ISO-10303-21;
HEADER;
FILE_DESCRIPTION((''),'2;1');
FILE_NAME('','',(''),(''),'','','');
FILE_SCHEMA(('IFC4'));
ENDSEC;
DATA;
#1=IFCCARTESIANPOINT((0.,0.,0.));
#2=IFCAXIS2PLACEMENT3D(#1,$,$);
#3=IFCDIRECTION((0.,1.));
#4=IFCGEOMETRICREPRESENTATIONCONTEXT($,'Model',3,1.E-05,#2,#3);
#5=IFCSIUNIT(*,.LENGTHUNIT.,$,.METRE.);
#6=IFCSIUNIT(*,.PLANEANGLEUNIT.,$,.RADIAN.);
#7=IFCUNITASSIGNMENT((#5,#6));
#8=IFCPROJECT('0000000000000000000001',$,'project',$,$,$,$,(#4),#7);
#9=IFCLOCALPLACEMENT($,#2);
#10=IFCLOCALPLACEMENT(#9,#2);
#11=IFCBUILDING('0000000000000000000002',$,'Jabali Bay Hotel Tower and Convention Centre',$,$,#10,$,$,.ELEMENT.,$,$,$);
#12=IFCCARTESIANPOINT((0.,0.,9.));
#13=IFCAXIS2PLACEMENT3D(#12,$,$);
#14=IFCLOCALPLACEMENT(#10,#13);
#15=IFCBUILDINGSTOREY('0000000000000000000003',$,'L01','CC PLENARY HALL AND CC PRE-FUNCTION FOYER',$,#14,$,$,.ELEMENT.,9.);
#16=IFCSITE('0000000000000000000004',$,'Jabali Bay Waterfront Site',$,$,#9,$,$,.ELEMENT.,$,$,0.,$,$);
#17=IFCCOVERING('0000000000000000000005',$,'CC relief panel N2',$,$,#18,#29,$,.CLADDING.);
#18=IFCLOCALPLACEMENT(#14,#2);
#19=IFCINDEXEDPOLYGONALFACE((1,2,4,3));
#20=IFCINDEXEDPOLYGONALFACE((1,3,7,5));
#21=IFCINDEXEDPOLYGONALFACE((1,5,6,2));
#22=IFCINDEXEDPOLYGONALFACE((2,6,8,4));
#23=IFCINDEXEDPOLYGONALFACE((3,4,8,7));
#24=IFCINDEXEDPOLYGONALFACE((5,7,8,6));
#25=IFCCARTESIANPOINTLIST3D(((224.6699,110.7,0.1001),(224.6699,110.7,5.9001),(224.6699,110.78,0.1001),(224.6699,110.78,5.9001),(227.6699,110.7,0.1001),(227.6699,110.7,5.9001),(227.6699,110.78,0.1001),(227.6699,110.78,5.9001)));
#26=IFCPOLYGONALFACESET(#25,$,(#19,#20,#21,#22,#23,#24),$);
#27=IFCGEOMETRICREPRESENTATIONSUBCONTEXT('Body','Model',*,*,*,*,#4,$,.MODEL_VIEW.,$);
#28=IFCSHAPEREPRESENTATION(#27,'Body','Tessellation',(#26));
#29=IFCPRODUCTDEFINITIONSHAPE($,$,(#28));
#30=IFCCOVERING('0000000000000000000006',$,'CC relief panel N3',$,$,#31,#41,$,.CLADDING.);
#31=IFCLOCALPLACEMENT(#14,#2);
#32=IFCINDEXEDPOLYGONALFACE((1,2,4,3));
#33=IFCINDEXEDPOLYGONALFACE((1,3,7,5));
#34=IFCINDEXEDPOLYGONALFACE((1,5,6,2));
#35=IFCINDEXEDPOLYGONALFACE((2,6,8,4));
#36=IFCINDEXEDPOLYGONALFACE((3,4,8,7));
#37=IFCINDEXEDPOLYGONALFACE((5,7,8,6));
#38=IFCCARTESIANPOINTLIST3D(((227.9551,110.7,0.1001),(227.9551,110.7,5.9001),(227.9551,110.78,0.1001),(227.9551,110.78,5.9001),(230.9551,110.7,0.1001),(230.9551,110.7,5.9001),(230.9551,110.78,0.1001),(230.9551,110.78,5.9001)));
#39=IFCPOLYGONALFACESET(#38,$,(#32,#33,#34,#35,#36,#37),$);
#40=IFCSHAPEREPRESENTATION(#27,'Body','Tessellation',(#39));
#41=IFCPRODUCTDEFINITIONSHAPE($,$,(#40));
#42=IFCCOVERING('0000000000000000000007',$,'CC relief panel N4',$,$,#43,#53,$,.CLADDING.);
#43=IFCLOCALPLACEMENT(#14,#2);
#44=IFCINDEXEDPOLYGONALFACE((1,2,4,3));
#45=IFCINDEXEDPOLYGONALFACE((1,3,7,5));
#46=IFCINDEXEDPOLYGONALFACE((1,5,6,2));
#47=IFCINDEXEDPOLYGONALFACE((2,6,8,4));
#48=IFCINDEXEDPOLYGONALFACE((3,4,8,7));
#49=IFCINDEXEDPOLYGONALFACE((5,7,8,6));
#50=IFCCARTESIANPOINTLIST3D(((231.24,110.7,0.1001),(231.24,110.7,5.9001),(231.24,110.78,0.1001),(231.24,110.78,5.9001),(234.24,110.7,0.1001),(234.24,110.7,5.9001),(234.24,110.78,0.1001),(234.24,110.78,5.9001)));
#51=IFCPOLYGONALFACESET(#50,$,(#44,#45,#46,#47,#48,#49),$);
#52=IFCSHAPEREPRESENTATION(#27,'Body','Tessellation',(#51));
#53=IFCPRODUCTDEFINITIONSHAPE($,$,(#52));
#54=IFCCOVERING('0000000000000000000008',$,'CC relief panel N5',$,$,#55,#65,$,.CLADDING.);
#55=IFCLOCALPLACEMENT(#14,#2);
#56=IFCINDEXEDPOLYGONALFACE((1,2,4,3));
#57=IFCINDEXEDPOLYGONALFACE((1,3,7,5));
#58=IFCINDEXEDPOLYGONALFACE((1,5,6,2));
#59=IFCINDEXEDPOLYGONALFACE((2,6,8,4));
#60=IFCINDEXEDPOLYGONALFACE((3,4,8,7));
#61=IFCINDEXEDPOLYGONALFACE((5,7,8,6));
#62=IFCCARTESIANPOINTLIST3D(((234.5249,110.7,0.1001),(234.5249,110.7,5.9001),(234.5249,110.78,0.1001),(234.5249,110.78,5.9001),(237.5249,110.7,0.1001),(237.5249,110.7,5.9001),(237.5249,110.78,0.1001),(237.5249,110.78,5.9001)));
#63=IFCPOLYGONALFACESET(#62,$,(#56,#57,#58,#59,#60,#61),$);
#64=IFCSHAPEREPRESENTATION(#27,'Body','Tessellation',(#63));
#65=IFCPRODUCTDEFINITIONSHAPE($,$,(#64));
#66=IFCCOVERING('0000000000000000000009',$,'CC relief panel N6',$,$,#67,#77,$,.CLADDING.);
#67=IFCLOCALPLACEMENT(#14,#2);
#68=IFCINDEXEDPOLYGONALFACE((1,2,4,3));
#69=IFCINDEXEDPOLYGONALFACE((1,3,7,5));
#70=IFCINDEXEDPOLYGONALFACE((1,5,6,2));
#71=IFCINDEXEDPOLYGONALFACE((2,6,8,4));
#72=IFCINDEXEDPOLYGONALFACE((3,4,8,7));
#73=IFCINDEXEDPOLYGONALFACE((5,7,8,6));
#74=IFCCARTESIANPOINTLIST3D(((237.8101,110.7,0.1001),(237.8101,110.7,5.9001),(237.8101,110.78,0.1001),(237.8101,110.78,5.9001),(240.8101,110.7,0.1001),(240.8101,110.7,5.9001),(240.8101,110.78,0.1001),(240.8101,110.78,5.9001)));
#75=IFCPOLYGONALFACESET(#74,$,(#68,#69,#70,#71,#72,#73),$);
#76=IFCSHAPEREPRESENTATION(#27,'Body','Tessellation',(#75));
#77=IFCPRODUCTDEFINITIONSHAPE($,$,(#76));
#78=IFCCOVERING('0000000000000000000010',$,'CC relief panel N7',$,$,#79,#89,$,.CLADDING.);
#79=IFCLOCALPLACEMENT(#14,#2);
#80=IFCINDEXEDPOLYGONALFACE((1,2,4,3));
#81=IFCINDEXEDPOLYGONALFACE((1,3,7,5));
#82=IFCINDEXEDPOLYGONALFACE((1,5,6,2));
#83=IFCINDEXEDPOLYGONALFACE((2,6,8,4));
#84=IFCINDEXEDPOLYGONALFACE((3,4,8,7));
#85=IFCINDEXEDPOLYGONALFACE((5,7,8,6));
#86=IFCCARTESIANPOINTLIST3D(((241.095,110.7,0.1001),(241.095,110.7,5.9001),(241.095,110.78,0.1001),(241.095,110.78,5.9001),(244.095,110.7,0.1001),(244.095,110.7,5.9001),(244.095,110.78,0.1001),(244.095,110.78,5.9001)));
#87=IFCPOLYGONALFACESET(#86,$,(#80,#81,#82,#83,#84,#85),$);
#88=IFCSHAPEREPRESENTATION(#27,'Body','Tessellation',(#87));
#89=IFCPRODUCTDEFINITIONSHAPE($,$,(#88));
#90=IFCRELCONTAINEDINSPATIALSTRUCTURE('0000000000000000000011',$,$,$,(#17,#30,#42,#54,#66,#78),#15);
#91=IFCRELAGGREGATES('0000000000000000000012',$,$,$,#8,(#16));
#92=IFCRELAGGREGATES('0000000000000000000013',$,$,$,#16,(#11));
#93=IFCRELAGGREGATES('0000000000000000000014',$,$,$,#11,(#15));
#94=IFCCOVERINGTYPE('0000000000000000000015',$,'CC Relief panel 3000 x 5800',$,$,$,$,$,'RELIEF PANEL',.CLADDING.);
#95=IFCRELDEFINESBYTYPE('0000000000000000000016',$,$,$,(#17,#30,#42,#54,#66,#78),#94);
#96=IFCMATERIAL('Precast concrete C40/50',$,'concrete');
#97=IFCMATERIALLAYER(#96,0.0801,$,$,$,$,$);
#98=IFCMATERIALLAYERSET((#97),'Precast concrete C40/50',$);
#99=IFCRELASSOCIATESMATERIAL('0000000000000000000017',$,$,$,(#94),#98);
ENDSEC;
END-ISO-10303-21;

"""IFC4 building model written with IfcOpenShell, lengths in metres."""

from ifc_helpers import new_model, si_unit, direction, frame, origin, origin_2d, place, context, subcontext, project, spatial, rectangle, extrude, material, layer, layer_set, type_object, element, save


model = new_model("IFC4")

# Units and contexts
model_context = context("Model", 3, precision=1e-05, world=origin(), true_north=direction((0.0, 1.0)))
body_context = subcontext(model_context, "Body", "Model", "MODEL_VIEW")
ifc_project = project(units=[si_unit("LENGTHUNIT", "METRE"), si_unit("PLANEANGLEUNIT", "RADIAN")], contexts=[model_context])

# Site, building, storey
site_placement = place(None, origin())
site = spatial("IfcSite", under=ifc_project, at=site_placement, Name="Jabali Bay Waterfront Site", CompositionType="ELEMENT", RefElevation=0.0)
building_placement = place(site_placement, origin())
building = spatial("IfcBuilding", under=site, at=building_placement, Name="Jabali Bay Hotel Tower and Convention Centre", CompositionType="ELEMENT")
storey_placement = place(building_placement, frame((0.0, 0.0, 9.0)))
storey = spatial("IfcBuildingStorey", under=building, at=storey_placement, Name="L01", Description="CC PLENARY HALL AND CC PRE-FUNCTION FOYER", CompositionType="ELEMENT", Elevation=9.0)

# Coverings
ifc_material_1 = material(Name="Precast concrete C40/50", Category="concrete")
ifc_layer_1 = layer(ifc_material_1, 0.0801)
ifc_layer_set_1 = layer_set([ifc_layer_1], Name="Precast concrete C40/50")
covering_type_1 = type_object("IfcCoveringType", Name="CC Relief panel 3000 x 5800", ElementType="RELIEF PANEL", PredefinedType="CLADDING", material=ifc_layer_set_1)
for number, where, z_axis, x_axis, name in (
    (1, (226.1699, 110.74, 0.1001), (0.0, 0.0, 1.0), (1.0, 0.0, 0.0), "CC relief panel N2"),
    (2, (229.4551, 110.74, 0.1001), (0.0, 0.0, 1.0), (1.0, 0.0, 0.0), "CC relief panel N3"),
    (3, (232.74, 110.74, 0.1001), (0.0, 0.0, 1.0), (1.0, 0.0, 0.0), "CC relief panel N4"),
    (4, (236.0249, 110.74, 0.1001), (0.0, 0.0, 1.0), (1.0, 0.0, 0.0), "CC relief panel N5"),
    (5, (239.3101, 110.74, 0.1001), (0.0, 0.0, 1.0), (1.0, 0.0, 0.0), "CC relief panel N6"),
    (6, (242.595, 110.74, 0.1001), (0.0, 0.0, 1.0), (1.0, 0.0, 0.0), "CC relief panel N7"),
):
    element("IfcCovering", number, at=place(storey_placement, frame(where, z_axis=z_axis, x_axis=x_axis)), inside=storey, type_object=covering_type_1, Name=name, PredefinedType="CLADDING", context=body_context, shape_type="SweptSolid", body=[
        extrude(rectangle(XDim=3.0, YDim=0.0801, at=origin_2d()), origin(), (0.0, 0.0, 1.0), 5.8),
    ])

save(model, "model.ifc")
